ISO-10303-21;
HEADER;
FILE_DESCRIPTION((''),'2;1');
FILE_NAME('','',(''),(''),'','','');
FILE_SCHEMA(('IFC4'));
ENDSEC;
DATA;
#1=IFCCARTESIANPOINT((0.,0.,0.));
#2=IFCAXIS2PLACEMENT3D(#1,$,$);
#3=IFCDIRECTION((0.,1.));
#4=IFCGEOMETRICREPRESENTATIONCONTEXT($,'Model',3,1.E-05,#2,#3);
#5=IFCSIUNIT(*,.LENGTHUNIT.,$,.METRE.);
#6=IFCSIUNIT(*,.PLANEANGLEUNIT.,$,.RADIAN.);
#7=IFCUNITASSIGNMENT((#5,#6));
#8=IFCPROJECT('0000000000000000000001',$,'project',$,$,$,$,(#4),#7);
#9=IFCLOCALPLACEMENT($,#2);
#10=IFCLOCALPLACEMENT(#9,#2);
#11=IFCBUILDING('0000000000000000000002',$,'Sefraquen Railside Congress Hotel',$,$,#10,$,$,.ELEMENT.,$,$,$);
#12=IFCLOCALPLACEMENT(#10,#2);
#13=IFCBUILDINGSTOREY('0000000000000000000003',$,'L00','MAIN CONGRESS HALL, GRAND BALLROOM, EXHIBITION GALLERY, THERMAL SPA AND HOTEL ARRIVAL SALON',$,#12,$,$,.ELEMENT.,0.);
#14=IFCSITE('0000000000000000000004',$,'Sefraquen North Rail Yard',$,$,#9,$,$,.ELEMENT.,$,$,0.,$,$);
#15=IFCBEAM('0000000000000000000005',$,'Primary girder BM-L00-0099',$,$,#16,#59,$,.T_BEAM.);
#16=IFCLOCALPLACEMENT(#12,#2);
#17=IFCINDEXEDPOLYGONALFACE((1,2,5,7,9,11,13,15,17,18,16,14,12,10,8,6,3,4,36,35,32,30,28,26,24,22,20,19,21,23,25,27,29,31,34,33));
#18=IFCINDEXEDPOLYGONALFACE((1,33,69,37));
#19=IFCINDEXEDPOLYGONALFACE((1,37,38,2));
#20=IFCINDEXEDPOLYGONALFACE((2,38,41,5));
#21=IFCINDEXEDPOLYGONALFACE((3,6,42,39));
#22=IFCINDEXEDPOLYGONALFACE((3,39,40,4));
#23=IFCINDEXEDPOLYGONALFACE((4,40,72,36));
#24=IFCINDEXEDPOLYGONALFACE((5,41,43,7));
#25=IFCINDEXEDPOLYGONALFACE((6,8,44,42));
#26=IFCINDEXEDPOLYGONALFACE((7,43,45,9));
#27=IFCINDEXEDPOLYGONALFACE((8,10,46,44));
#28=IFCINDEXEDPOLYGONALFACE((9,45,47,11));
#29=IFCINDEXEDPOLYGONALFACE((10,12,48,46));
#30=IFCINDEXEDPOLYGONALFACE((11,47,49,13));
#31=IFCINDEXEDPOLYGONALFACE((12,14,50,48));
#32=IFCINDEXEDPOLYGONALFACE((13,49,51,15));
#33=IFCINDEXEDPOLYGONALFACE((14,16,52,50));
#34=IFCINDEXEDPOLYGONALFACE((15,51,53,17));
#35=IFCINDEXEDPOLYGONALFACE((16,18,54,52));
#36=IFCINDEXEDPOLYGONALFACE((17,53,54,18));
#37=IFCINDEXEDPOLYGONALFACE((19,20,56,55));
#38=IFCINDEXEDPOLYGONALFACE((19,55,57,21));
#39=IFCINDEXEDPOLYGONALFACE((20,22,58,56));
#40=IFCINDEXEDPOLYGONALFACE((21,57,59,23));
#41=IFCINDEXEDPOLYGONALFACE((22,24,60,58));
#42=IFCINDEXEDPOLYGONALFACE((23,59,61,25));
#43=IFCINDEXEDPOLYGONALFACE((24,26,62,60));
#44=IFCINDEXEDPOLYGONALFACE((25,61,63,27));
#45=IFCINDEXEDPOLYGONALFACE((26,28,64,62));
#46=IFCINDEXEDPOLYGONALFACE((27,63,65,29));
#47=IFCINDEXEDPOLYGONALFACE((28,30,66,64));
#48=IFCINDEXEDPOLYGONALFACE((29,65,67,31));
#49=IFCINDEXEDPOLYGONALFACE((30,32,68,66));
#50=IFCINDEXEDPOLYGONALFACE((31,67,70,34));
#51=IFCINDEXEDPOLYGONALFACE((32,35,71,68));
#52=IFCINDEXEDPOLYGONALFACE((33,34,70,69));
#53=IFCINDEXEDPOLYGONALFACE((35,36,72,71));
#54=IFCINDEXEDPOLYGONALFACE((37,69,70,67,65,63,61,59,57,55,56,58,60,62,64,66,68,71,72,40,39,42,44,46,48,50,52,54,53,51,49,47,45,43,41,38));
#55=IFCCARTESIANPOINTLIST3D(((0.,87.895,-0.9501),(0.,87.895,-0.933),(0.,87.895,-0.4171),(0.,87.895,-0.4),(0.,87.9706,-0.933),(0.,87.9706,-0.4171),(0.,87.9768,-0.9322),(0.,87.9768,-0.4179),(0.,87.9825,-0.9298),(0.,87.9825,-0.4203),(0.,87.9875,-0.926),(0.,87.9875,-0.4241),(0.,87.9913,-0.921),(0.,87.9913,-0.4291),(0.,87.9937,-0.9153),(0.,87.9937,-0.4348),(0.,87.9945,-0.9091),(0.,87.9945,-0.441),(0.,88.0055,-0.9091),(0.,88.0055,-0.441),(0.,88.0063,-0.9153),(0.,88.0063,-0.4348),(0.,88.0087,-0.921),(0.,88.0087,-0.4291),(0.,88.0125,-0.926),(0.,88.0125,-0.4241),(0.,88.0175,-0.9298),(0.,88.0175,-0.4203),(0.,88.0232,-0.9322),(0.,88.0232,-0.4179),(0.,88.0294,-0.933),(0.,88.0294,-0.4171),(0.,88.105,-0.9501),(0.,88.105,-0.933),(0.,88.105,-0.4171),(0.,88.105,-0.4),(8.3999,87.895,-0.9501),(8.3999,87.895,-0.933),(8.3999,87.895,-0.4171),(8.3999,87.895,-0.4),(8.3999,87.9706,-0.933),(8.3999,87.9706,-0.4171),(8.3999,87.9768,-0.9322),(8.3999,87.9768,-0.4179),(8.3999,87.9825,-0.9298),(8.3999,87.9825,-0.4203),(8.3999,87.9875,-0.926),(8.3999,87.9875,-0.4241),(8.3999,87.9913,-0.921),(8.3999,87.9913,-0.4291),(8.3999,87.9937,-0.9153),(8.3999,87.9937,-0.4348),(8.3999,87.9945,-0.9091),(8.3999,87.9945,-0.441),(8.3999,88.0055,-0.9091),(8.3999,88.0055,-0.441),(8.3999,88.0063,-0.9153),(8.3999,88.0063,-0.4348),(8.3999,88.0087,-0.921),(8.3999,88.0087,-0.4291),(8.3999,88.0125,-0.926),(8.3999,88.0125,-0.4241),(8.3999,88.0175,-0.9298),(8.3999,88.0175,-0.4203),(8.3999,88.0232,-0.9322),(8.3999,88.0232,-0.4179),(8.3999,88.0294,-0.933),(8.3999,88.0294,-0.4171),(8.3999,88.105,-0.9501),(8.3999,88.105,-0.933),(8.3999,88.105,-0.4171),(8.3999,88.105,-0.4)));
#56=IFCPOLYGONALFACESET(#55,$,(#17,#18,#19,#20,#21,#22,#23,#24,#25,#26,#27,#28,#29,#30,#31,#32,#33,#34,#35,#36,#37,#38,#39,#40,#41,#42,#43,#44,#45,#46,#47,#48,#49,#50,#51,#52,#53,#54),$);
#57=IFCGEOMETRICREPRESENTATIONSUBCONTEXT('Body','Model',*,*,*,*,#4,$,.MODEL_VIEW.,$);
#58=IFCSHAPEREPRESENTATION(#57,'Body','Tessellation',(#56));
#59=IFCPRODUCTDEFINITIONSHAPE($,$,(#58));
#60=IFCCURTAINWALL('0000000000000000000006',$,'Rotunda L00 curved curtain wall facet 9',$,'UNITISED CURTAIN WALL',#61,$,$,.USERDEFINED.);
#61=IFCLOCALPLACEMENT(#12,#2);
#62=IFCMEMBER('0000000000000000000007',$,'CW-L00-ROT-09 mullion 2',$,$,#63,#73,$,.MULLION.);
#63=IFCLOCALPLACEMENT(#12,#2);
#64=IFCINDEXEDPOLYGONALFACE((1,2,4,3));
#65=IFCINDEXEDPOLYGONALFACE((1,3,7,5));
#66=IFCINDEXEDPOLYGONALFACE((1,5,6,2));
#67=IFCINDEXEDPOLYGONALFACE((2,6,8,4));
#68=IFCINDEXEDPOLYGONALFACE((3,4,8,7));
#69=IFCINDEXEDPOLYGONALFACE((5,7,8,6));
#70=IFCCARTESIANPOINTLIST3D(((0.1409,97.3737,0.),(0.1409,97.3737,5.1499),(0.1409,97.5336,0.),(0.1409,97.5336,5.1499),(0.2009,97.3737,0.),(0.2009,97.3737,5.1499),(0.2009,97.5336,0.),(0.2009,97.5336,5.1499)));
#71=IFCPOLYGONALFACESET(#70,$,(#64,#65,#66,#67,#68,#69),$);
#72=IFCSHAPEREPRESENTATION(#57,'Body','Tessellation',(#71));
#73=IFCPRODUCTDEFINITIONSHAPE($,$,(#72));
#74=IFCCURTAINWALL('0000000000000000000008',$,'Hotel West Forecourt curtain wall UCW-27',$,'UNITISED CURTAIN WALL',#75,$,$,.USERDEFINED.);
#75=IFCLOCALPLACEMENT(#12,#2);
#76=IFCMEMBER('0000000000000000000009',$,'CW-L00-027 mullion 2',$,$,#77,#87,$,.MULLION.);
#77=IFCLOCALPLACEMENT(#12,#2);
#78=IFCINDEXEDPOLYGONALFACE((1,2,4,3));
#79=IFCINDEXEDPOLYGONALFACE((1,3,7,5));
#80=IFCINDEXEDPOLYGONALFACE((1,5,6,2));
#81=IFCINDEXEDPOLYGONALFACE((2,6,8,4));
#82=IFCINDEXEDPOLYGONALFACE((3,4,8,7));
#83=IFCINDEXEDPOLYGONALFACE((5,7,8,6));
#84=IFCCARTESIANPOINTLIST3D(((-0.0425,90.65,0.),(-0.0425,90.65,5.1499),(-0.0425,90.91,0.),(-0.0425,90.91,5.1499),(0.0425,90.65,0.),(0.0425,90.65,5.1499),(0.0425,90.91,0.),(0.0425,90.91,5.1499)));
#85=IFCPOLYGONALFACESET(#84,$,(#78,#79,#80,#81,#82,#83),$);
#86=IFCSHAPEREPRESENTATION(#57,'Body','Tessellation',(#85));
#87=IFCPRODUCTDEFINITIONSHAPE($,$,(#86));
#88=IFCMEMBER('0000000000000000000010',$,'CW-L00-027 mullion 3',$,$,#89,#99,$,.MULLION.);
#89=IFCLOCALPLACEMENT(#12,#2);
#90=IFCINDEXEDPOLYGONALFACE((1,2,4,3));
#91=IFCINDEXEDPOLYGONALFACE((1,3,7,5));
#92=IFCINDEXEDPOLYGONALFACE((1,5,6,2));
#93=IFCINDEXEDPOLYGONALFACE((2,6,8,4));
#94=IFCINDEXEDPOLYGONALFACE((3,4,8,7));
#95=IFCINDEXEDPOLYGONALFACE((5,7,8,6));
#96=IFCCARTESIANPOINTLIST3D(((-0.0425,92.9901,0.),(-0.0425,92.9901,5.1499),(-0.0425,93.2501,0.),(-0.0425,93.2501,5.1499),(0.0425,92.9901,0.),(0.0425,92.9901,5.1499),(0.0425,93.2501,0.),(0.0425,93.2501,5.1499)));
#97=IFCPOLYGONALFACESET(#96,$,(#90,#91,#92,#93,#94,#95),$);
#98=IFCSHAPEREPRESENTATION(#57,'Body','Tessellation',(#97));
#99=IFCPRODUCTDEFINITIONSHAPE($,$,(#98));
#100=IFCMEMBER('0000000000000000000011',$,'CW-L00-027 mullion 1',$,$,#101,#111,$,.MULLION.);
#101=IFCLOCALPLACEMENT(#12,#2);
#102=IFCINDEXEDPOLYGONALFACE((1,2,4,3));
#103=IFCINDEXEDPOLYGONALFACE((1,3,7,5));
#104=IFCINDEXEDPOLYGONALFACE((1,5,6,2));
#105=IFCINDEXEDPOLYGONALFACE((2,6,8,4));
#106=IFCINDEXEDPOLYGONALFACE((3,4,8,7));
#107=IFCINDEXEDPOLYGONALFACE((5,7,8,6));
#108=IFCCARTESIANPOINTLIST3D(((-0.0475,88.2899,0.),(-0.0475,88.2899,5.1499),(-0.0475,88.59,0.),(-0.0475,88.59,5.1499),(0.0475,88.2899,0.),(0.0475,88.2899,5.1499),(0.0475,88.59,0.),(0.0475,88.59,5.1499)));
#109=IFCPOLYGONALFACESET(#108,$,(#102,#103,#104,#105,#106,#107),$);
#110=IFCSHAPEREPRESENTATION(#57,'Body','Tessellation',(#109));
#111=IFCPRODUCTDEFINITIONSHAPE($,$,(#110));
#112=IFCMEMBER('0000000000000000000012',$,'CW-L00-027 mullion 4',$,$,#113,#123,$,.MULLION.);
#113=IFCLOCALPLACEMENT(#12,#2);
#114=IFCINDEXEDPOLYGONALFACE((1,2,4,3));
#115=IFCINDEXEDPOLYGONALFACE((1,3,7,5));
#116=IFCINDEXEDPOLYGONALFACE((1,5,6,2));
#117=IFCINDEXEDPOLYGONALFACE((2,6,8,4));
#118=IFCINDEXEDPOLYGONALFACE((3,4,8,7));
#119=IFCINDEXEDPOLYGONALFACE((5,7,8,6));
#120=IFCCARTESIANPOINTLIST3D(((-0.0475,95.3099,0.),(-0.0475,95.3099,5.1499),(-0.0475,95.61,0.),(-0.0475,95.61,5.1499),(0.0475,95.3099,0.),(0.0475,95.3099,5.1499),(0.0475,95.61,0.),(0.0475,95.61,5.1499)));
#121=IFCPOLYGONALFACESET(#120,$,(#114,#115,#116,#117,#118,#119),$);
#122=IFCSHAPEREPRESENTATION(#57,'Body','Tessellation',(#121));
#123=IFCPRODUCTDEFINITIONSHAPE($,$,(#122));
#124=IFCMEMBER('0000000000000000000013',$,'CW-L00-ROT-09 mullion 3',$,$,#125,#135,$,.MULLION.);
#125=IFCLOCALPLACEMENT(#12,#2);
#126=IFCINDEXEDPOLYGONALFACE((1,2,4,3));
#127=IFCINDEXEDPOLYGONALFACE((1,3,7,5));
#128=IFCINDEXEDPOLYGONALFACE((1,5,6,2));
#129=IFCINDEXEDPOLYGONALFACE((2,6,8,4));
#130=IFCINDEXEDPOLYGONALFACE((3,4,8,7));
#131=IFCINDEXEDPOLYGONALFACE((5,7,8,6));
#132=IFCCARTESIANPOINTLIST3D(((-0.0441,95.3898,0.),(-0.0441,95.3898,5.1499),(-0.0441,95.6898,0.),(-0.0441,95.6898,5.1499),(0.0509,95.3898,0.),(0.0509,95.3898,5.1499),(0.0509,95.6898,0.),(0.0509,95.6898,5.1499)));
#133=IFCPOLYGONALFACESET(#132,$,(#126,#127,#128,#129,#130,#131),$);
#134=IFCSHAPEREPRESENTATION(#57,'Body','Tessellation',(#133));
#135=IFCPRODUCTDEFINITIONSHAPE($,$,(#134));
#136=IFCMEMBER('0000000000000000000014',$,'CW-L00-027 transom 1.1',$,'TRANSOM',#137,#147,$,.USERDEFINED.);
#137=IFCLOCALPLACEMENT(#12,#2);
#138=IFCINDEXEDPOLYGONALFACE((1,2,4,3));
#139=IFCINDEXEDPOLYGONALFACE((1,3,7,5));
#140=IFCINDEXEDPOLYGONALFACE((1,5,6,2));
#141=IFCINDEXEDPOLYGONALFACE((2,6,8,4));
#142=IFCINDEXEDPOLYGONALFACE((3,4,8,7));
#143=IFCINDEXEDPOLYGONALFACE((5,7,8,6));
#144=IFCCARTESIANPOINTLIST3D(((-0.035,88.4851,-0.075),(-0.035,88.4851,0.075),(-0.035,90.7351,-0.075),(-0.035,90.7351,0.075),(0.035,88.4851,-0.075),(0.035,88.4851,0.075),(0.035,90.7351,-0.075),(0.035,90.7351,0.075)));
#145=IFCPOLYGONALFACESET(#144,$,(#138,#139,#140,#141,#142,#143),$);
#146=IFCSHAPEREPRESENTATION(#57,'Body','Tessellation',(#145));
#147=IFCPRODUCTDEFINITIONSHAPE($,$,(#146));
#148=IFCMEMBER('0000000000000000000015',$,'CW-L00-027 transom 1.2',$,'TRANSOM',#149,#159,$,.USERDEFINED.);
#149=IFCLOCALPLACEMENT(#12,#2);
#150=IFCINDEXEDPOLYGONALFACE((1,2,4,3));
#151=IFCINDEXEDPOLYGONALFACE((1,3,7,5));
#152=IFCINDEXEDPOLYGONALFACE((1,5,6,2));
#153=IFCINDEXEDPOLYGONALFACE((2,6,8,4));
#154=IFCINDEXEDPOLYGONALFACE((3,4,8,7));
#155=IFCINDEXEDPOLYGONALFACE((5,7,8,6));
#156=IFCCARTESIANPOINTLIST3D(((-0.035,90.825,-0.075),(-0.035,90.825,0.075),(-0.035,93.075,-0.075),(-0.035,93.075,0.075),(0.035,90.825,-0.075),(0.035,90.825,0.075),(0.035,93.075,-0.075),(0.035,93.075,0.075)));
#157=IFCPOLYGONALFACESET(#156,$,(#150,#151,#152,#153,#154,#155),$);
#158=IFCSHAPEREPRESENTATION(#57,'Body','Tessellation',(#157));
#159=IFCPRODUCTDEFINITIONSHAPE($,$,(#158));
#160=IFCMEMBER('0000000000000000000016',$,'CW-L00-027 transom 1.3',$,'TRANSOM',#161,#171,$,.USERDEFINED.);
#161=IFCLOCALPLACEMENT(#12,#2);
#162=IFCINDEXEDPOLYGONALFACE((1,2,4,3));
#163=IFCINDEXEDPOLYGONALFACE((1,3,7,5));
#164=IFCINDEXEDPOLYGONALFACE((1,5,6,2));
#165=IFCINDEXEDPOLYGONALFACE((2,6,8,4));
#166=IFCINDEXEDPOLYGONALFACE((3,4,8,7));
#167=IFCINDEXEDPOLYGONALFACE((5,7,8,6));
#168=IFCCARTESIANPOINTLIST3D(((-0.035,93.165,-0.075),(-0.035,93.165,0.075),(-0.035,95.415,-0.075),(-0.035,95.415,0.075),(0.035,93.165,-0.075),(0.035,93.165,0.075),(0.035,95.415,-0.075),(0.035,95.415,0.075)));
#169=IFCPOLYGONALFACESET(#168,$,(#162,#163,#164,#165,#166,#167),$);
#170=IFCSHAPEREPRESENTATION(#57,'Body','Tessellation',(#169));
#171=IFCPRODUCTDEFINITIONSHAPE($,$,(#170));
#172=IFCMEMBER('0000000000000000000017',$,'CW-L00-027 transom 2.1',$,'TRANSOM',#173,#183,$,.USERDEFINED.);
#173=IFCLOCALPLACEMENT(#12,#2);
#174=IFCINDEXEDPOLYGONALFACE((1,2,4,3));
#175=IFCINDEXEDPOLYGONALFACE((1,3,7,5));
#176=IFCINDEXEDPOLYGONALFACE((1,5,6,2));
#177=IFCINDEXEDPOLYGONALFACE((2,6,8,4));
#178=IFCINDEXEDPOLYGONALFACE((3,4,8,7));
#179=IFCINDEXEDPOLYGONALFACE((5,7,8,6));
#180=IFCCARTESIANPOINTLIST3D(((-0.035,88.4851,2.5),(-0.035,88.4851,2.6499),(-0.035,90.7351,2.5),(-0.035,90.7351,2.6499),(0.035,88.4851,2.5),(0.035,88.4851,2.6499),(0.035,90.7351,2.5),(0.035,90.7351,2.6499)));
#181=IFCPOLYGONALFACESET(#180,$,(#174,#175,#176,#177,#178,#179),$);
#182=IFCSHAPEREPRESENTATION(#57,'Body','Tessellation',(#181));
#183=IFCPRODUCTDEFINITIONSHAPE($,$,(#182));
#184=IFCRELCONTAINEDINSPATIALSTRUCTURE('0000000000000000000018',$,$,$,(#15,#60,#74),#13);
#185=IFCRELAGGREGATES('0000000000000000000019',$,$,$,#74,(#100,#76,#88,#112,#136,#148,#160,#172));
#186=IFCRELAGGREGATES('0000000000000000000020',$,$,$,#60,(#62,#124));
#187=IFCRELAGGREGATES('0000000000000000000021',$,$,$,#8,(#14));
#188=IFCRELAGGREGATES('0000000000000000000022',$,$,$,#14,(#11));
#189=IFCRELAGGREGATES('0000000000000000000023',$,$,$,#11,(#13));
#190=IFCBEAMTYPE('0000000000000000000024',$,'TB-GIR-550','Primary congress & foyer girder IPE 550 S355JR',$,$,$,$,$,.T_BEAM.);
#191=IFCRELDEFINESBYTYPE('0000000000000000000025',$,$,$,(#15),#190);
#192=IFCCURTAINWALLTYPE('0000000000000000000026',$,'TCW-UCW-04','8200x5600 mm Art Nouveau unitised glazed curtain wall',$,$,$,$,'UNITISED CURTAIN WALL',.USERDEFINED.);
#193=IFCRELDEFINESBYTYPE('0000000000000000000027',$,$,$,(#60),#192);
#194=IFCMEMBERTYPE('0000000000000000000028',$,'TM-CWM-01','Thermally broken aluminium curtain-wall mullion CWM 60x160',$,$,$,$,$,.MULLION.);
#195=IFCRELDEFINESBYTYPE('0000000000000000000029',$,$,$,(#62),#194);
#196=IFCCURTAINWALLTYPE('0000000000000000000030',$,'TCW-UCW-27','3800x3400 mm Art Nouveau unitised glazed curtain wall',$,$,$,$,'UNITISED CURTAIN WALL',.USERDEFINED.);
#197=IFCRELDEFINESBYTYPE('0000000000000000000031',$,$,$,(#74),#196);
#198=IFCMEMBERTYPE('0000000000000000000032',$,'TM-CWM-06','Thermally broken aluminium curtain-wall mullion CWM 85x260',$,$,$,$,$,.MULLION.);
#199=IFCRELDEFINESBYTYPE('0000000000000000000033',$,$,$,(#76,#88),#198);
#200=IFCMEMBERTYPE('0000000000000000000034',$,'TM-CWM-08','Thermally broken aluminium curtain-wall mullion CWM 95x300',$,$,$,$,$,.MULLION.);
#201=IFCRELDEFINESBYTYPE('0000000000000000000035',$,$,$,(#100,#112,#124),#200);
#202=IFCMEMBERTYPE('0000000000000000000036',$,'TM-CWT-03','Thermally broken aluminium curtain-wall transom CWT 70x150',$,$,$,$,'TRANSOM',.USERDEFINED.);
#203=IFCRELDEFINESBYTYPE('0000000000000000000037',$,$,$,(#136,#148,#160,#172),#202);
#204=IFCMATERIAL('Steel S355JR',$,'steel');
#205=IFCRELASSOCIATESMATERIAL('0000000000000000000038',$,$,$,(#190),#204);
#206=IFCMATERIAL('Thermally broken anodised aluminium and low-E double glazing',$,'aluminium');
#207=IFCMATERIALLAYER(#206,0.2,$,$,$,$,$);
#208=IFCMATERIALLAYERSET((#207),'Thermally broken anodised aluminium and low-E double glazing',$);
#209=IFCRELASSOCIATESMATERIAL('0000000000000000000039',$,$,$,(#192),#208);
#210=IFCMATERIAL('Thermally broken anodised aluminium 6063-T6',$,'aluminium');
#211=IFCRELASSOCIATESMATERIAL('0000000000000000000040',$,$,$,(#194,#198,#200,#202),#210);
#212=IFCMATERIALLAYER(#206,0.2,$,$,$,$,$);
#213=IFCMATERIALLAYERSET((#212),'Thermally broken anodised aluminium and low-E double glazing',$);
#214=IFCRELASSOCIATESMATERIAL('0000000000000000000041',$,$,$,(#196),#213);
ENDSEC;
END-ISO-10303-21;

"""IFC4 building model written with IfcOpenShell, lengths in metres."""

from ifc_helpers import new_model, si_unit, direction, frame, origin, origin_2d, place, context, subcontext, project, spatial, rectangle, i_section, extrude, material, layer, layer_set, material_profile, profile_set, type_object, element, aggregate, save


model = new_model("IFC4")

# Units and contexts
model_context = context("Model", 3, precision=1e-05, world=origin(), true_north=direction((0.0, 1.0)))
body_context = subcontext(model_context, "Body", "Model", "MODEL_VIEW")
ifc_project = project(units=[si_unit("LENGTHUNIT", "METRE"), si_unit("PLANEANGLEUNIT", "RADIAN")], contexts=[model_context])

# Site, building, storey
site_placement = place(None, origin())
site = spatial("IfcSite", under=ifc_project, at=site_placement, Name="Sefraquen North Rail Yard", CompositionType="ELEMENT", RefElevation=0.0)
building_placement = place(site_placement, origin())
building = spatial("IfcBuilding", under=site, at=building_placement, Name="Sefraquen Railside Congress Hotel", CompositionType="ELEMENT")
storey_placement = place(building_placement, origin())
storey = spatial("IfcBuildingStorey", under=building, at=storey_placement, Name="L00", Description="MAIN CONGRESS HALL, GRAND BALLROOM, EXHIBITION GALLERY, THERMAL SPA AND HOTEL ARRIVAL SALON", CompositionType="ELEMENT", Elevation=0.0)

# Beam
ifc_material_1 = material(Name="Steel S355JR", Category="steel")
ifc_material_profile_1 = material_profile(ifc_material_1, i_section(OverallWidth=0.21, OverallDepth=0.55, WebThickness=0.011, FlangeThickness=0.0171, FilletRadius=0.0239, at=origin_2d()), Name="IPE 550")
ifc_profile_set_1 = profile_set([ifc_material_profile_1], Name="Steel S355JR")
beam_type = type_object("IfcBeamType", Name="TB-GIR-550", Description="Primary congress & foyer girder IPE 550 S355JR", PredefinedType="T_BEAM", material=ifc_profile_set_1)
beam_placement = place(storey_placement, frame((0.0, 88.0, -0.675), z_axis=(1.0, 0.0, 0.0), x_axis=(0.0, 1.0, 0.0)))
element("IfcBeam", 1, at=beam_placement, inside=storey, type_object=beam_type, Name="Primary girder BM-L00-0099", PredefinedType="T_BEAM", context=body_context, shape_type="SweptSolid", body=[
    extrude(i_section(OverallWidth=0.21, OverallDepth=0.55, WebThickness=0.011, FlangeThickness=0.0171, FilletRadius=0.0239, at=origin_2d()), origin(), (0.0, 0.0, 1.0), 8.3999),
])

# Curtain wall, member
ifc_material_2 = material(Name="Thermally broken anodised aluminium and low-E double glazing", Category="aluminium")
ifc_layer_1 = layer(ifc_material_2, 0.2)
ifc_layer_set_1 = layer_set([ifc_layer_1], Name="Thermally broken anodised aluminium and low-E double glazing")
curtain_wall_type_1 = type_object("IfcCurtainWallType", Name="TCW-UCW-04", Description="8200x5600 mm Art Nouveau unitised glazed curtain wall", ElementType="UNITISED CURTAIN WALL", PredefinedType="USERDEFINED", material=ifc_layer_set_1)
curtain_wall_1_placement = place(storey_placement, origin())
curtain_wall_1 = element("IfcCurtainWall", 2, at=curtain_wall_1_placement, inside=storey, type_object=curtain_wall_type_1, Name="Rotunda L00 curved curtain wall facet 9", ObjectType="UNITISED CURTAIN WALL", PredefinedType="USERDEFINED")
ifc_material_3 = material(Name="Thermally broken anodised aluminium 6063-T6", Category="aluminium")
ifc_material_profile_2 = material_profile(ifc_material_3, rectangle(XDim=0.0601, YDim=0.1599, at=origin_2d()), Name="CWM 60x160")
ifc_profile_set_2 = profile_set([ifc_material_profile_2], Name="Thermally broken anodised aluminium 6063-T6")
member_type_1 = type_object("IfcMemberType", Name="TM-CWM-01", Description="Thermally broken aluminium curtain-wall mullion CWM 60x160", PredefinedType="MULLION", material=ifc_profile_set_2)
member_1_placement = place(storey_placement, frame((0.1709, 97.4536, 0.0), z_axis=(0.0, 0.0, 1.0), x_axis=(1.0, 0.0, 0.0)))
member_1 = element("IfcMember", 3, at=member_1_placement, type_object=member_type_1, Name="CW-L00-ROT-09 mullion 2", PredefinedType="MULLION", context=body_context, shape_type="SweptSolid", body=[
    extrude(rectangle(XDim=0.0601, YDim=0.1599, at=origin_2d()), origin(), (0.0, 0.0, 1.0), 5.1499),
])

# Curtain wall, members
ifc_layer_2 = layer(ifc_material_2, 0.2)
ifc_layer_set_2 = layer_set([ifc_layer_2], Name="Thermally broken anodised aluminium and low-E double glazing")
curtain_wall_type_2 = type_object("IfcCurtainWallType", Name="TCW-UCW-27", Description="3800x3400 mm Art Nouveau unitised glazed curtain wall", ElementType="UNITISED CURTAIN WALL", PredefinedType="USERDEFINED", material=ifc_layer_set_2)
curtain_wall_2_placement = place(storey_placement, origin())
curtain_wall_2 = element("IfcCurtainWall", 4, at=curtain_wall_2_placement, inside=storey, type_object=curtain_wall_type_2, Name="Hotel West Forecourt curtain wall UCW-27", ObjectType="UNITISED CURTAIN WALL", PredefinedType="USERDEFINED")
ifc_material_profile_3 = material_profile(ifc_material_3, rectangle(XDim=0.085, YDim=0.26, at=origin_2d()), Name="CWM 85x260")
ifc_profile_set_3 = profile_set([ifc_material_profile_3], Name="Thermally broken anodised aluminium 6063-T6")
member_type_2 = type_object("IfcMemberType", Name="TM-CWM-06", Description="Thermally broken aluminium curtain-wall mullion CWM 85x260", PredefinedType="MULLION", material=ifc_profile_set_3)
member_2_placement = place(storey_placement, frame((0.0, 90.78, 0.0), z_axis=(0.0, 0.0, 1.0), x_axis=(1.0, 0.0, 0.0)))
member_2 = element("IfcMember", 5, at=member_2_placement, type_object=member_type_2, Name="CW-L00-027 mullion 2", PredefinedType="MULLION", context=body_context, shape_type="SweptSolid", body=[
    extrude(rectangle(XDim=0.085, YDim=0.26, at=origin_2d()), origin(), (0.0, 0.0, 1.0), 5.1499),
])
member_3_placement = place(storey_placement, frame((0.0, 93.1201, 0.0), z_axis=(0.0, 0.0, 1.0), x_axis=(1.0, 0.0, 0.0)))
member_3 = element("IfcMember", 6, at=member_3_placement, type_object=member_type_2, Name="CW-L00-027 mullion 3", PredefinedType="MULLION", context=body_context, shape_type="SweptSolid", body=[
    extrude(rectangle(XDim=0.085, YDim=0.26, at=origin_2d()), origin(), (0.0, 0.0, 1.0), 5.1499),
])
ifc_material_profile_4 = material_profile(ifc_material_3, rectangle(XDim=0.095, YDim=0.3, at=origin_2d()), Name="CWM 95x300")
ifc_profile_set_4 = profile_set([ifc_material_profile_4], Name="Thermally broken anodised aluminium 6063-T6")
member_type_3 = type_object("IfcMemberType", Name="TM-CWM-08", Description="Thermally broken aluminium curtain-wall mullion CWM 95x300", PredefinedType="MULLION", material=ifc_profile_set_4)
member_4_placement = place(storey_placement, frame((0.0, 88.4399, 0.0), z_axis=(0.0, 0.0, 1.0), x_axis=(1.0, 0.0, 0.0)))
member_4 = element("IfcMember", 7, at=member_4_placement, type_object=member_type_3, Name="CW-L00-027 mullion 1", PredefinedType="MULLION", context=body_context, shape_type="SweptSolid", body=[
    extrude(rectangle(XDim=0.095, YDim=0.3, at=origin_2d()), origin(), (0.0, 0.0, 1.0), 5.1499),
])
member_5_placement = place(storey_placement, frame((0.0, 95.46, 0.0), z_axis=(0.0, 0.0, 1.0), x_axis=(1.0, 0.0, 0.0)))
member_5 = element("IfcMember", 8, at=member_5_placement, type_object=member_type_3, Name="CW-L00-027 mullion 4", PredefinedType="MULLION", context=body_context, shape_type="SweptSolid", body=[
    extrude(rectangle(XDim=0.095, YDim=0.3, at=origin_2d()), origin(), (0.0, 0.0, 1.0), 5.1499),
])

# Members
member_6_placement = place(storey_placement, frame((0.0034, 95.5398, 0.0), z_axis=(0.0, 0.0, 1.0), x_axis=(1.0, 0.0, 0.0)))
member_6 = element("IfcMember", 9, at=member_6_placement, type_object=member_type_3, Name="CW-L00-ROT-09 mullion 3", PredefinedType="MULLION", context=body_context, shape_type="SweptSolid", body=[
    extrude(rectangle(XDim=0.095, YDim=0.3, at=origin_2d()), origin(), (0.0, 0.0, 1.0), 5.1499),
])
ifc_material_profile_5 = material_profile(ifc_material_3, rectangle(XDim=0.0701, YDim=0.1499, at=origin_2d()), Name="CWT 70x150")
ifc_profile_set_5 = profile_set([ifc_material_profile_5], Name="Thermally broken anodised aluminium 6063-T6")
member_type_4 = type_object("IfcMemberType", Name="TM-CWT-03", Description="Thermally broken aluminium curtain-wall transom CWT 70x150", ElementType="TRANSOM", PredefinedType="USERDEFINED", material=ifc_profile_set_5)
member_7_placement = place(storey_placement, frame((0.0, 88.4851, 0.0), z_axis=(0.0, 1.0, 0.0), x_axis=(-1.0, 0.0, 0.0)))
member_7 = element("IfcMember", 10, at=member_7_placement, type_object=member_type_4, Name="CW-L00-027 transom 1.1", ObjectType="TRANSOM", PredefinedType="USERDEFINED", context=body_context, shape_type="SweptSolid", body=[
    extrude(rectangle(XDim=0.0701, YDim=0.1499, at=origin_2d()), origin(), (0.0, 0.0, 1.0), 2.25),
])
member_8_placement = place(storey_placement, frame((0.0, 90.825, 0.0), z_axis=(0.0, 1.0, 0.0), x_axis=(-1.0, 0.0, 0.0)))
member_8 = element("IfcMember", 11, at=member_8_placement, type_object=member_type_4, Name="CW-L00-027 transom 1.2", ObjectType="TRANSOM", PredefinedType="USERDEFINED", context=body_context, shape_type="SweptSolid", body=[
    extrude(rectangle(XDim=0.0701, YDim=0.1499, at=origin_2d()), origin(), (0.0, 0.0, 1.0), 2.25),
])
member_9_placement = place(storey_placement, frame((0.0, 93.165, 0.0), z_axis=(0.0, 1.0, 0.0), x_axis=(-1.0, 0.0, 0.0)))
member_9 = element("IfcMember", 12, at=member_9_placement, type_object=member_type_4, Name="CW-L00-027 transom 1.3", ObjectType="TRANSOM", PredefinedType="USERDEFINED", context=body_context, shape_type="SweptSolid", body=[
    extrude(rectangle(XDim=0.0701, YDim=0.1499, at=origin_2d()), origin(), (0.0, 0.0, 1.0), 2.25),
])
member_10_placement = place(storey_placement, frame((0.0, 88.4851, 2.575), z_axis=(0.0, 1.0, 0.0), x_axis=(-1.0, 0.0, 0.0)))
member_10 = element("IfcMember", 13, at=member_10_placement, type_object=member_type_4, Name="CW-L00-027 transom 2.1", ObjectType="TRANSOM", PredefinedType="USERDEFINED", context=body_context, shape_type="SweptSolid", body=[
    extrude(rectangle(XDim=0.0701, YDim=0.1499, at=origin_2d()), origin(), (0.0, 0.0, 1.0), 2.25),
])

aggregate(curtain_wall_2, [member_4, member_2, member_3, member_5, member_7, member_8, member_9, member_10])
aggregate(curtain_wall_1, [member_1, member_6])

save(model, "model.ifc")
